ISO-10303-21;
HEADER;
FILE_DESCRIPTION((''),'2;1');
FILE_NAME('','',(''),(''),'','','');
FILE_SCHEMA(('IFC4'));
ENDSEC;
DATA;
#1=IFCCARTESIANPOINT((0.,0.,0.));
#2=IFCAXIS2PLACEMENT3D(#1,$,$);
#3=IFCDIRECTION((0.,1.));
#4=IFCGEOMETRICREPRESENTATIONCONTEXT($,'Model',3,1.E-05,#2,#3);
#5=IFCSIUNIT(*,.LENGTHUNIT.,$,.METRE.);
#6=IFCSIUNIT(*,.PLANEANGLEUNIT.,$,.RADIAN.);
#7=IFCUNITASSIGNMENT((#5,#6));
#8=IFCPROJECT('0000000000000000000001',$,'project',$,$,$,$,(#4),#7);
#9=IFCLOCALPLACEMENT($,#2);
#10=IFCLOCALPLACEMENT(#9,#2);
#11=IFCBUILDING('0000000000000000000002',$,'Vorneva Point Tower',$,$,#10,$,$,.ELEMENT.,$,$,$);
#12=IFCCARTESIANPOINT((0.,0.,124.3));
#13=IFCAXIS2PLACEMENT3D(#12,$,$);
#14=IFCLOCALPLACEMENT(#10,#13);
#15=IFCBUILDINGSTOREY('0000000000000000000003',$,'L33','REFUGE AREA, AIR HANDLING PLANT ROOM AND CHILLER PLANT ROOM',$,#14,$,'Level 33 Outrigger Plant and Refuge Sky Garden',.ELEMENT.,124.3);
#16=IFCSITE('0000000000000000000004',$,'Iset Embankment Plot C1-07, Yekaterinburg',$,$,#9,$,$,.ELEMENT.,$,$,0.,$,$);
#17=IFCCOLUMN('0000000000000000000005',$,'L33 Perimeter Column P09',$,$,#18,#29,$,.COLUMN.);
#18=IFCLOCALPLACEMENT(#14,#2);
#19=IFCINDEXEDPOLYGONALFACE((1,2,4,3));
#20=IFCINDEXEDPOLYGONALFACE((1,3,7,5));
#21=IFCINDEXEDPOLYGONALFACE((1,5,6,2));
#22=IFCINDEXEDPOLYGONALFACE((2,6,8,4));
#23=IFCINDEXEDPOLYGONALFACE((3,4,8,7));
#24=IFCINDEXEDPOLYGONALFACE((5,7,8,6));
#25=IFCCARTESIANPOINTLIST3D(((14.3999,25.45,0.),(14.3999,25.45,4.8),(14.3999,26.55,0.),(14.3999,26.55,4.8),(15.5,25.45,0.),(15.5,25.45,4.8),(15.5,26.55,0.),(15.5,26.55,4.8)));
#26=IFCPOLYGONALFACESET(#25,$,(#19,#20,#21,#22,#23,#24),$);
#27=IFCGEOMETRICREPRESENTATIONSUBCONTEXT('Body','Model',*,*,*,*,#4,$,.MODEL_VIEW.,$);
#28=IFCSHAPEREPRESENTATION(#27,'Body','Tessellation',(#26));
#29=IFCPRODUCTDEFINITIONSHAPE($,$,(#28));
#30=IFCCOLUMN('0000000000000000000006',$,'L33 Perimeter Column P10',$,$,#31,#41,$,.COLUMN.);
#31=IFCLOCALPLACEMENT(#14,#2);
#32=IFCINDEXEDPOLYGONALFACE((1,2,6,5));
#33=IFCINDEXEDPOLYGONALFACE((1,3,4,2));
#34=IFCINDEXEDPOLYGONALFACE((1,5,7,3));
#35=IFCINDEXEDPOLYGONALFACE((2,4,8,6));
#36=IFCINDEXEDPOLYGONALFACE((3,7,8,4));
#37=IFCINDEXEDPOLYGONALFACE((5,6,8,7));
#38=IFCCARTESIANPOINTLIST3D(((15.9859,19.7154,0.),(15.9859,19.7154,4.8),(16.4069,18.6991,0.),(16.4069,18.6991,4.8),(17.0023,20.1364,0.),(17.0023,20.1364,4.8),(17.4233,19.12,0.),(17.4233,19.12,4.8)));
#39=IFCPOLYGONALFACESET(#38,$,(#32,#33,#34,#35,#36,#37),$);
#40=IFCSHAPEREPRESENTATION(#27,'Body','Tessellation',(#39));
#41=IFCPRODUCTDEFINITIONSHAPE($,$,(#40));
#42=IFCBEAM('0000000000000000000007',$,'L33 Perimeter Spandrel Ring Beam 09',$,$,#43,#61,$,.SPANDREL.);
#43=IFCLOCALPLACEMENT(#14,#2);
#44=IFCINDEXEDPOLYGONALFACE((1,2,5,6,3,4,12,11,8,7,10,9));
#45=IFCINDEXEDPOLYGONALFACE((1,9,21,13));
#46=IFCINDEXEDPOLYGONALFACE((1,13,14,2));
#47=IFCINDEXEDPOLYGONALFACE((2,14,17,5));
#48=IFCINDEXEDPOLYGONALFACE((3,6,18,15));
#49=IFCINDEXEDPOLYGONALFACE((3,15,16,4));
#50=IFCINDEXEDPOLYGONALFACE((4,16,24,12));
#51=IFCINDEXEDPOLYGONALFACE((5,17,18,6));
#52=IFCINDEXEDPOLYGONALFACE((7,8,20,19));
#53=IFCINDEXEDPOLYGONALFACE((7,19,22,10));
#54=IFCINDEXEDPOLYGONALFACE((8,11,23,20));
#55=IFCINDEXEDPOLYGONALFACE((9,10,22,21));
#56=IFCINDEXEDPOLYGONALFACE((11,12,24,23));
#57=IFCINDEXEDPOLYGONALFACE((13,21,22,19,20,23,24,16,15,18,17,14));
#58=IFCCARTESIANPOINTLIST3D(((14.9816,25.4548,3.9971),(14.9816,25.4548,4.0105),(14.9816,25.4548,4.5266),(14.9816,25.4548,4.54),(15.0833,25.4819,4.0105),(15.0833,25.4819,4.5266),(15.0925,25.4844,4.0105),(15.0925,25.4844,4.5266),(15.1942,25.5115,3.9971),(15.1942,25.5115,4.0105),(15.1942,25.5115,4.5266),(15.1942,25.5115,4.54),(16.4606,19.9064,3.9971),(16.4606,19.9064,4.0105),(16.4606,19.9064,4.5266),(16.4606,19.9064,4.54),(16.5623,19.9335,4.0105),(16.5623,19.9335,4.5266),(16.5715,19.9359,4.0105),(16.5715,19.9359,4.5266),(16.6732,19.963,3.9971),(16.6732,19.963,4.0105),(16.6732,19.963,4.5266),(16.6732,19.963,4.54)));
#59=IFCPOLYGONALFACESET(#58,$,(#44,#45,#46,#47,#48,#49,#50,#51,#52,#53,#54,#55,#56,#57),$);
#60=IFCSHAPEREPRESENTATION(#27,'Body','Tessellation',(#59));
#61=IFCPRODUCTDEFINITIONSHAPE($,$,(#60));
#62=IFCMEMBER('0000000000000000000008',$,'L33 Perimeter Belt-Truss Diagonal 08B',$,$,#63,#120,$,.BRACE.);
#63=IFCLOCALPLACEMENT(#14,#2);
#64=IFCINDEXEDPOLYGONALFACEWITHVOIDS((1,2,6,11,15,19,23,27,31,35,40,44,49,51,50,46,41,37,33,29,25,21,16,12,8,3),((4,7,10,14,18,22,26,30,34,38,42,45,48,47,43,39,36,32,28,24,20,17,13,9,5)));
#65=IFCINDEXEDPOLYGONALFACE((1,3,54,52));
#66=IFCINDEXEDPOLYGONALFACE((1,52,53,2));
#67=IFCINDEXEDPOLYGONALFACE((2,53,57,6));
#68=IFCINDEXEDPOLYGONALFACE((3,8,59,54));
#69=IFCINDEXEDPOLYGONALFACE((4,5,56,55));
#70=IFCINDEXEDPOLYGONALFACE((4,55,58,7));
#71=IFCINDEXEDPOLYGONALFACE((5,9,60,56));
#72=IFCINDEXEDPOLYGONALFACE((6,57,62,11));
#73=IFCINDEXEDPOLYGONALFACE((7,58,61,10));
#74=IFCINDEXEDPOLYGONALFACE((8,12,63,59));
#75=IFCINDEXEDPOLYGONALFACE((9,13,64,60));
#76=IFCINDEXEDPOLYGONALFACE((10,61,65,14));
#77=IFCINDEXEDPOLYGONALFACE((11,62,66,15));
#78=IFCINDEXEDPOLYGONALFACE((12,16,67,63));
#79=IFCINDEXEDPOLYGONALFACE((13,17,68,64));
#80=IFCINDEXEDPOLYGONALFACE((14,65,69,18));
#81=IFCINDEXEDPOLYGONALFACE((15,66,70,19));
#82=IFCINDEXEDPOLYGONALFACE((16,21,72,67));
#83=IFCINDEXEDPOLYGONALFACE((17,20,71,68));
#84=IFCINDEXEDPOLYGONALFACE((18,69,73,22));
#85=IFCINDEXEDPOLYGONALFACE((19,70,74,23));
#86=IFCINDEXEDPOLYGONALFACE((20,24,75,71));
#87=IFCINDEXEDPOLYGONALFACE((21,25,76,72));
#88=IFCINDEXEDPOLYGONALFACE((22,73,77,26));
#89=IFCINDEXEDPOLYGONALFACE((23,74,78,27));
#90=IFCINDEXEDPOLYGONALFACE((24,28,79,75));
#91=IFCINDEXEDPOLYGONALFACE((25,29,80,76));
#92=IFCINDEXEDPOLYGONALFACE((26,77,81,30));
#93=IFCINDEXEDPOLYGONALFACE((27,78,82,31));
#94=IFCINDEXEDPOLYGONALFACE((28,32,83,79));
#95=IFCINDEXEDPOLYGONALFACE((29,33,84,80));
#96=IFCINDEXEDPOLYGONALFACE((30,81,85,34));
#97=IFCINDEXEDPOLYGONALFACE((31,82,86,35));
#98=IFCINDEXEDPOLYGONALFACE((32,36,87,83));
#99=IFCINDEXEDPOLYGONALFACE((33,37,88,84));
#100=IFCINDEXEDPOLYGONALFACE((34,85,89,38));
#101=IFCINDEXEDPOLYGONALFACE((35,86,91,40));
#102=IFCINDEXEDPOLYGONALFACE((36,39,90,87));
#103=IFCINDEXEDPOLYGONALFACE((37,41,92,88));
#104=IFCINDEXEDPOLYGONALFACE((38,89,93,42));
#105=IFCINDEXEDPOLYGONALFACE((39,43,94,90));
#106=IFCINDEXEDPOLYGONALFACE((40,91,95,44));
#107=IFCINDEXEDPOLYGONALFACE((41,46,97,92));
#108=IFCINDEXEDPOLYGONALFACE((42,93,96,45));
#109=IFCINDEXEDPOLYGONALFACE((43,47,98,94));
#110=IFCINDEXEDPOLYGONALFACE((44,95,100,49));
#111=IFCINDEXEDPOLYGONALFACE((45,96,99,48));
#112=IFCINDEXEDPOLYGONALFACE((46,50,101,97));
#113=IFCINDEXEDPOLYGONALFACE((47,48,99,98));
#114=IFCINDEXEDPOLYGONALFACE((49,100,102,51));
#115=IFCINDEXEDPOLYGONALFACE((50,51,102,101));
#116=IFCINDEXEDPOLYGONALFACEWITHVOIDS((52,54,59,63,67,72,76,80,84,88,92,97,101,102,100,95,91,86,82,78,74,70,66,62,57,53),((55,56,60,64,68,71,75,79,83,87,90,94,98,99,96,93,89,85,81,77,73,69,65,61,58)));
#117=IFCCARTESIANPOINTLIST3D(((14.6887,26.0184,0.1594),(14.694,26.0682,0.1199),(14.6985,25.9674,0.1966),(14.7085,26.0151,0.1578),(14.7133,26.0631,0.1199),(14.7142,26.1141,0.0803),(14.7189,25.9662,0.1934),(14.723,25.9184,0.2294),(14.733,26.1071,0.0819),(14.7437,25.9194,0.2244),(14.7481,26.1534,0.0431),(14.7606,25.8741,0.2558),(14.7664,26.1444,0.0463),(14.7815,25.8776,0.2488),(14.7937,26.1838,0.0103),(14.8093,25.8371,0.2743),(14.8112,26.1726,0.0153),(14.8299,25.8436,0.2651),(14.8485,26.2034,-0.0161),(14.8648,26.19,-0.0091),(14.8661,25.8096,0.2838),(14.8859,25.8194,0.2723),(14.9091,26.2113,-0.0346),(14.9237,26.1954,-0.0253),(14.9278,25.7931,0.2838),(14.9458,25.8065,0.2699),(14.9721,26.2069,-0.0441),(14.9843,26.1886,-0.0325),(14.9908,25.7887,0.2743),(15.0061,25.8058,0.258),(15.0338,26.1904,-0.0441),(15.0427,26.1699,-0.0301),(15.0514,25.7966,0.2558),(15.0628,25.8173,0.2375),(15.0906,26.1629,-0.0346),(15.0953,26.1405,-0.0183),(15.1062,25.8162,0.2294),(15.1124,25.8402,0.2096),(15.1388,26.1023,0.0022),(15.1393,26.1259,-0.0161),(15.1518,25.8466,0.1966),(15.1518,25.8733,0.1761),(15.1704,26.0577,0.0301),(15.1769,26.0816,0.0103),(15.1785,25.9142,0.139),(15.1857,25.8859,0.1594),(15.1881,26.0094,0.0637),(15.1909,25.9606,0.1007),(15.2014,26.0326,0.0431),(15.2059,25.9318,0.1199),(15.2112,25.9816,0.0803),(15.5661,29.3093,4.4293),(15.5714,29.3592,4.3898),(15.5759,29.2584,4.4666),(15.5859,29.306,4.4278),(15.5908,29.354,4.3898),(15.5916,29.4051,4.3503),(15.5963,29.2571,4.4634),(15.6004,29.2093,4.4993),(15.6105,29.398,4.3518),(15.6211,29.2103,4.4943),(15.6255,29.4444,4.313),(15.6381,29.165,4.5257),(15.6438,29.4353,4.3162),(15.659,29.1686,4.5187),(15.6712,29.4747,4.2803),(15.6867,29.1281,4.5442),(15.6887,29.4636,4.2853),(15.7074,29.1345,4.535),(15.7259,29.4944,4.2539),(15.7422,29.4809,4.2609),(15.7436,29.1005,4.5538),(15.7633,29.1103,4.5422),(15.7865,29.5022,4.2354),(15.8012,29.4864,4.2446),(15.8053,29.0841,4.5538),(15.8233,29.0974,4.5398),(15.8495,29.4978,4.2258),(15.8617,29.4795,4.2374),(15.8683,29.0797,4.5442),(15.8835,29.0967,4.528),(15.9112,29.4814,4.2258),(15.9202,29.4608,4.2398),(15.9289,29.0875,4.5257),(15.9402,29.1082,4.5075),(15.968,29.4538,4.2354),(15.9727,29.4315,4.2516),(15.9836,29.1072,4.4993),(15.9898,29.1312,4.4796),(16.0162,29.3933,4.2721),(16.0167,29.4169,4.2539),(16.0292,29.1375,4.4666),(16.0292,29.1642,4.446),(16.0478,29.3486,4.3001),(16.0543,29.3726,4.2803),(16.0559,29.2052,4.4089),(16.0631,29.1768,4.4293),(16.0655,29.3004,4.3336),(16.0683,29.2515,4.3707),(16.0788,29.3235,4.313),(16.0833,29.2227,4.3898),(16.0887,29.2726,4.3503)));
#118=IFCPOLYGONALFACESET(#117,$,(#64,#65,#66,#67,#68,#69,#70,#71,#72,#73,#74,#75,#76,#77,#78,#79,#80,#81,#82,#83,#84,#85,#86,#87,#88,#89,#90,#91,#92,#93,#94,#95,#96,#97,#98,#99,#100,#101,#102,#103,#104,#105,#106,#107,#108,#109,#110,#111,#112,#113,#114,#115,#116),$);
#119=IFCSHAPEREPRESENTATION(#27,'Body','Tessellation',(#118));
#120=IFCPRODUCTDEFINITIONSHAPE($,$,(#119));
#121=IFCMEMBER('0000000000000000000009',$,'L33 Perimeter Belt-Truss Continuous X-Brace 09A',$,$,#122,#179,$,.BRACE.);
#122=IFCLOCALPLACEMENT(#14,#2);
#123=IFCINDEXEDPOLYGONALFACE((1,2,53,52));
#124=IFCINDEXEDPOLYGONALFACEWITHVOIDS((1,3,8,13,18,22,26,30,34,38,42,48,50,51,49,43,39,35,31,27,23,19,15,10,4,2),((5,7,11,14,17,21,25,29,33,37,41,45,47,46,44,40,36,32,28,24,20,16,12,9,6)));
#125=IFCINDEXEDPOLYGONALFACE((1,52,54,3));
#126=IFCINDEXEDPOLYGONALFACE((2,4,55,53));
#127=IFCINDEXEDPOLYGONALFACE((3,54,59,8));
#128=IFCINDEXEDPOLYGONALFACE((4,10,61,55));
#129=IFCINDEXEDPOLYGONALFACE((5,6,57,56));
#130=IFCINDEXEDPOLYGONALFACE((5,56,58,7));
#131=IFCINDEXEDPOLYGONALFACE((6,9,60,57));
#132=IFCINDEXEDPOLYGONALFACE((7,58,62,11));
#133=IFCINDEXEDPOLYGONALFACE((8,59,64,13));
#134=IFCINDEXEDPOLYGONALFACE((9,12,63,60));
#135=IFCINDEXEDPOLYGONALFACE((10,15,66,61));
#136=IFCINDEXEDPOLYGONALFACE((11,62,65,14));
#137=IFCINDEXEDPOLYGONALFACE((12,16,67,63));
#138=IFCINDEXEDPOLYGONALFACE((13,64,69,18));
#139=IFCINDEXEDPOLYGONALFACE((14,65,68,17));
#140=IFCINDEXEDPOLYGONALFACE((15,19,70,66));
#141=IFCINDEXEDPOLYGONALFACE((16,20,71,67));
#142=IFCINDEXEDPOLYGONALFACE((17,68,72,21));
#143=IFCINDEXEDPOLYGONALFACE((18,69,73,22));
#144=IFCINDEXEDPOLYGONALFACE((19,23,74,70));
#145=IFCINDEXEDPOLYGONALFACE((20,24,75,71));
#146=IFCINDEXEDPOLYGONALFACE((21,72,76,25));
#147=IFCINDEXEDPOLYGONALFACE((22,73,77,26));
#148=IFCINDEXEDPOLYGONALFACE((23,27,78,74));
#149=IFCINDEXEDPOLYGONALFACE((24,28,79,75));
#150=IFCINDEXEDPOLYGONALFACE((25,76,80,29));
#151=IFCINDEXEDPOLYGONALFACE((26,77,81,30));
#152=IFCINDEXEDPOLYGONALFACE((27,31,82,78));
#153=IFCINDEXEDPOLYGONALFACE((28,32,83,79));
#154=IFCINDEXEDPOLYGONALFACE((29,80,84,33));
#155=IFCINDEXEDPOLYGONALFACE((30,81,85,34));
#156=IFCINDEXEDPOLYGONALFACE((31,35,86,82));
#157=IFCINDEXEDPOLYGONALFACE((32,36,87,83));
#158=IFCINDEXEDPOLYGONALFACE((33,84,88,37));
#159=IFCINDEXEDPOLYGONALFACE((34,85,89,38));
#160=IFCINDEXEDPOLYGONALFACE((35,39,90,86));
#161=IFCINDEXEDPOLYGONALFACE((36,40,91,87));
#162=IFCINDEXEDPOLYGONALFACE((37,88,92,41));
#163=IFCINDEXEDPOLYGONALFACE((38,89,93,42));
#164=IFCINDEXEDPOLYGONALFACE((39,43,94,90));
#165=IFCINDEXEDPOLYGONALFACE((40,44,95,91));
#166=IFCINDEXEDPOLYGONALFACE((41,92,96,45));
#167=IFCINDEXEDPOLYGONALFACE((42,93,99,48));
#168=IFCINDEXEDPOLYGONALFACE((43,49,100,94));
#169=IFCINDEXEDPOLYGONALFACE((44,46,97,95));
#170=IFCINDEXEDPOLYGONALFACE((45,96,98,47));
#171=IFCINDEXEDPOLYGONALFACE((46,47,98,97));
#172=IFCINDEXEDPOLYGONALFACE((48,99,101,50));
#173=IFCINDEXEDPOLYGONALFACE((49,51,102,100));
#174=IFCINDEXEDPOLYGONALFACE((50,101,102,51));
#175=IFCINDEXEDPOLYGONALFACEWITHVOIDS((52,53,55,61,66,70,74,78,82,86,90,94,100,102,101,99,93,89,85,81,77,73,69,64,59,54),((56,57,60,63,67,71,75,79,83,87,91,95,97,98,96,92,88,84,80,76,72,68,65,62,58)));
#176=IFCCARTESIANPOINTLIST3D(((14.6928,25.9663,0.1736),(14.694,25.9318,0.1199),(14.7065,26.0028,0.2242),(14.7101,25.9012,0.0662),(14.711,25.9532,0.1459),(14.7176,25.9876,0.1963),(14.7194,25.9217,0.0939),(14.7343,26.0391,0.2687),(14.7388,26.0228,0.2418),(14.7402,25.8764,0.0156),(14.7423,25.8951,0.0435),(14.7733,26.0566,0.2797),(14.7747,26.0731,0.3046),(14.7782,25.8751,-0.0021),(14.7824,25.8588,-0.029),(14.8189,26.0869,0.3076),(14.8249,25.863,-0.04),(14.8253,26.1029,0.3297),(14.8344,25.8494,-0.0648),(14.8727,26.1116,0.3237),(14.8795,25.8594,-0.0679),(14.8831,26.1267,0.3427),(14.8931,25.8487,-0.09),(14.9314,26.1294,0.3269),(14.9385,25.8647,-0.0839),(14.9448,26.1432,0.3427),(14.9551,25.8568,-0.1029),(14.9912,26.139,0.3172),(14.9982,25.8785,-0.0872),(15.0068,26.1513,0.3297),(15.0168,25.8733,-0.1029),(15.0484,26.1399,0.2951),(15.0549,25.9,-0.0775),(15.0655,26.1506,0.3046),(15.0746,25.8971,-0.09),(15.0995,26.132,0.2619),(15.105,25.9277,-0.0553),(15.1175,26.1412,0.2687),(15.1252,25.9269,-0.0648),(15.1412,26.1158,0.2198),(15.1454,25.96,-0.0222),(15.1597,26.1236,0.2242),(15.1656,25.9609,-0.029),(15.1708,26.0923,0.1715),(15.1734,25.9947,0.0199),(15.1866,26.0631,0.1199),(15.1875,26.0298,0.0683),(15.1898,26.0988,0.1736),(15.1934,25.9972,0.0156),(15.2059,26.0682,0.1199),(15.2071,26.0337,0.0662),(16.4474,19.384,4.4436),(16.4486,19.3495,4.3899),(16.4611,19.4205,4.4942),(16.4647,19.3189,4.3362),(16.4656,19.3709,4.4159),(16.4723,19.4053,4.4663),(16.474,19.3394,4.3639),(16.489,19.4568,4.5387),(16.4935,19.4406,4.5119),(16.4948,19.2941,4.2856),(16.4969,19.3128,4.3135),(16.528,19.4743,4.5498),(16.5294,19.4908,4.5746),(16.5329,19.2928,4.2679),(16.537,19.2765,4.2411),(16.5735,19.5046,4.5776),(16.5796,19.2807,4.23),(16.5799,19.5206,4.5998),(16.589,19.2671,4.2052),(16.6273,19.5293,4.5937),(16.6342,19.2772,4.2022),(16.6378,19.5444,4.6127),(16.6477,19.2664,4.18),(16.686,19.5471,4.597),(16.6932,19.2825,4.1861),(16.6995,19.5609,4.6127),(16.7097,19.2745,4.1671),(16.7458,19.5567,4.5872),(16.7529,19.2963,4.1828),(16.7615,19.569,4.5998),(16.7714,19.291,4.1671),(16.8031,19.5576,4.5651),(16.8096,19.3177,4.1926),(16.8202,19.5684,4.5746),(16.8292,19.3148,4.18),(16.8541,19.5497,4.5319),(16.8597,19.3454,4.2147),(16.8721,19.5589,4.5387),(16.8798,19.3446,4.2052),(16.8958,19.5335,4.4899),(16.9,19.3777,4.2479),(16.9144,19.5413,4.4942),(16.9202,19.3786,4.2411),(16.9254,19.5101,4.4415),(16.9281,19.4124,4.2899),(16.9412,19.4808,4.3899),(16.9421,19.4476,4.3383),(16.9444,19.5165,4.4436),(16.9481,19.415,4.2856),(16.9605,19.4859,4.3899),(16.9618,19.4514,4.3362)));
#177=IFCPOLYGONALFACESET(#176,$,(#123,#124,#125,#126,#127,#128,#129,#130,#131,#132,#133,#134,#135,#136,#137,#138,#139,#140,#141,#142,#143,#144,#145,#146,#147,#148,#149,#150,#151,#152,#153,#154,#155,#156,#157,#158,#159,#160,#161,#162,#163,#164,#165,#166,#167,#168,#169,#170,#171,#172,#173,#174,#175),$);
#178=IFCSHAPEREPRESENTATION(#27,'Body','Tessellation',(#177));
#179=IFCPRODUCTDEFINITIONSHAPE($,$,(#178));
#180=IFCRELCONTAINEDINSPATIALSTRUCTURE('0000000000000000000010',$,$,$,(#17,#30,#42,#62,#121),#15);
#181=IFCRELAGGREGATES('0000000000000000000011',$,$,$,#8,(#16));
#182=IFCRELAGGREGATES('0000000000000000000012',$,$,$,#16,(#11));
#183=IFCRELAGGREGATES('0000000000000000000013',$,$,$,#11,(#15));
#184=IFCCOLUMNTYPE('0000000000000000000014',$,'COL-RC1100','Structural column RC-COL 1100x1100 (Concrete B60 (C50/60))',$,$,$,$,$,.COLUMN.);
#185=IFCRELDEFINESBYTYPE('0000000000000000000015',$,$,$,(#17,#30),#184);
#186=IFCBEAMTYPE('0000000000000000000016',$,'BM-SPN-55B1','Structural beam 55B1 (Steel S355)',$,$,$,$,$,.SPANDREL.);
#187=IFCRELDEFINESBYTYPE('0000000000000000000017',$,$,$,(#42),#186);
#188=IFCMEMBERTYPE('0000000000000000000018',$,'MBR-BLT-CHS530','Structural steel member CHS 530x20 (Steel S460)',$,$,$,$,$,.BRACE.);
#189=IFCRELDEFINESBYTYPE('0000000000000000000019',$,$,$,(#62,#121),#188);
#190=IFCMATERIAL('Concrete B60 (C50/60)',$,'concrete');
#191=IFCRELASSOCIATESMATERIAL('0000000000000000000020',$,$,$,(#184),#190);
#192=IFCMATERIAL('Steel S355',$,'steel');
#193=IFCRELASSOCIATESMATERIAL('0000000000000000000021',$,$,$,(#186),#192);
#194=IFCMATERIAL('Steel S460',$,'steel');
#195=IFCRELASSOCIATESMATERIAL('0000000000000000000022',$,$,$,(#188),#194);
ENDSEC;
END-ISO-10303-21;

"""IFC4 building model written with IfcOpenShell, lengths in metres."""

from ifc_helpers import new_model, si_unit, direction, frame, origin, origin_2d, place, context, subcontext, project, spatial, rectangle, hollow_circle, i_section, extrude, material, material_profile, profile_set, type_object, element, save


model = new_model("IFC4")

# Units and contexts
model_context = context("Model", 3, precision=1e-05, world=origin(), true_north=direction((0.0, 1.0)))
body_context = subcontext(model_context, "Body", "Model", "MODEL_VIEW")
ifc_project = project(units=[si_unit("LENGTHUNIT", "METRE"), si_unit("PLANEANGLEUNIT", "RADIAN")], contexts=[model_context])

# Site, building, storey
site_placement = place(None, origin())
site = spatial("IfcSite", under=ifc_project, at=site_placement, Name="Iset Embankment Plot C1-07, Yekaterinburg", CompositionType="ELEMENT", RefElevation=0.0)
building_placement = place(site_placement, origin())
building = spatial("IfcBuilding", under=site, at=building_placement, Name="Vorneva Point Tower", CompositionType="ELEMENT")
storey_placement = place(building_placement, frame((0.0, 0.0, 124.3)))
storey = spatial("IfcBuildingStorey", under=building, at=storey_placement, Name="L33", Description="REFUGE AREA, AIR HANDLING PLANT ROOM AND CHILLER PLANT ROOM", LongName="Level 33 Outrigger Plant and Refuge Sky Garden", CompositionType="ELEMENT", Elevation=124.3)

# Columns
ifc_material_1 = material(Name="Concrete B60 (C50/60)", Category="concrete")
ifc_material_profile_1 = material_profile(ifc_material_1, rectangle(XDim=1.1001, YDim=1.1001, at=origin_2d()), Name="RC-COL 1100x1100")
ifc_profile_set_1 = profile_set([ifc_material_profile_1], Name="Concrete B60 (C50/60)")
column_type = type_object("IfcColumnType", Name="COL-RC1100", Description="Structural column RC-COL 1100x1100 (Concrete B60 (C50/60))", PredefinedType="COLUMN", material=ifc_profile_set_1)
for number, where, z_axis, x_axis, name in (
    (1, (14.95, 26.0, 0.0), (0.0, 0.0, 1.0), (-1.0, 0.0, 0.0), "L33 Perimeter Column P09"),
    (2, (16.7046, 19.4177, 0.0), (0.0, 0.0, 1.0), (-0.92388, -0.382683, 0.0), "L33 Perimeter Column P10"),
):
    element("IfcColumn", number, at=place(storey_placement, frame(where, z_axis=z_axis, x_axis=x_axis)), inside=storey, type_object=column_type, Name=name, PredefinedType="COLUMN", context=body_context, shape_type="SweptSolid", body=[
        extrude(rectangle(XDim=1.1001, YDim=1.1001, at=origin_2d()), origin(), (0.0, 0.0, 1.0), 4.8),
    ])

# Beam
ifc_material_2 = material(Name="Steel S355", Category="steel")
ifc_material_profile_2 = material_profile(ifc_material_2, i_section(OverallWidth=0.22, OverallDepth=0.543, WebThickness=0.0095, FlangeThickness=0.0134, at=origin_2d()), Name="55B1")
ifc_profile_set_2 = profile_set([ifc_material_profile_2], Name="Steel S355")
beam_type = type_object("IfcBeamType", Name="BM-SPN-55B1", Description="Structural beam 55B1 (Steel S355)", PredefinedType="SPANDREL", material=ifc_profile_set_2)
beam_placement = place(storey_placement, frame((15.0879, 25.4832, 4.2686), z_axis=(0.257573, -0.966259, 0.0), x_axis=(0.966259, 0.257573, 0.0)))
element("IfcBeam", 3, at=beam_placement, inside=storey, type_object=beam_type, Name="L33 Perimeter Spandrel Ring Beam 09", PredefinedType="SPANDREL", context=body_context, shape_type="SweptSolid", body=[
    extrude(i_section(OverallWidth=0.22, OverallDepth=0.543, WebThickness=0.0095, FlangeThickness=0.0134, at=origin_2d()), origin(), (0.0, 0.0, 1.0), 5.7422),
])

# Members
ifc_material_3 = material(Name="Steel S460", Category="steel")
ifc_material_profile_3 = material_profile(ifc_material_3, hollow_circle(Radius=0.2649, WallThickness=0.02, at=origin_2d()), Name="CHS 530x20")
ifc_profile_set_3 = profile_set([ifc_material_profile_3], Name="Steel S460")
member_type = type_object("IfcMemberType", Name="MBR-BLT-CHS530", Description="Structural steel member CHS 530x20 (Steel S460)", PredefinedType="BRACE", material=ifc_profile_set_3)
member_1_placement = place(storey_placement, frame((14.95, 26.0, 0.1199), z_axis=(0.160644, 0.602526, 0.781764), x_axis=(-0.966247, 0.257618, 0.0)))
element("IfcMember", 4, at=member_1_placement, inside=storey, type_object=member_type, Name="L33 Perimeter Belt-Truss Diagonal 08B", PredefinedType="BRACE", context=body_context, shape_type="SweptSolid", body=[
    extrude(hollow_circle(Radius=0.2649, WallThickness=0.02, at=origin_2d()), origin(), (0.0, 0.0, 1.0), 5.4619),
])
member_2_placement = place(storey_placement, frame((14.95, 26.0, 0.1199), z_axis=(0.218244, -0.818713, 0.531111), x_axis=(0.966258, 0.257576, 0.0)))
element("IfcMember", 5, at=member_2_placement, inside=storey, type_object=member_type, Name="L33 Perimeter Belt-Truss Continuous X-Brace 09A", PredefinedType="BRACE", context=body_context, shape_type="SweptSolid", body=[
    extrude(hollow_circle(Radius=0.2649, WallThickness=0.02, at=origin_2d()), origin(), (0.0, 0.0, 1.0), 8.0398),
])

save(model, "model.ifc")
